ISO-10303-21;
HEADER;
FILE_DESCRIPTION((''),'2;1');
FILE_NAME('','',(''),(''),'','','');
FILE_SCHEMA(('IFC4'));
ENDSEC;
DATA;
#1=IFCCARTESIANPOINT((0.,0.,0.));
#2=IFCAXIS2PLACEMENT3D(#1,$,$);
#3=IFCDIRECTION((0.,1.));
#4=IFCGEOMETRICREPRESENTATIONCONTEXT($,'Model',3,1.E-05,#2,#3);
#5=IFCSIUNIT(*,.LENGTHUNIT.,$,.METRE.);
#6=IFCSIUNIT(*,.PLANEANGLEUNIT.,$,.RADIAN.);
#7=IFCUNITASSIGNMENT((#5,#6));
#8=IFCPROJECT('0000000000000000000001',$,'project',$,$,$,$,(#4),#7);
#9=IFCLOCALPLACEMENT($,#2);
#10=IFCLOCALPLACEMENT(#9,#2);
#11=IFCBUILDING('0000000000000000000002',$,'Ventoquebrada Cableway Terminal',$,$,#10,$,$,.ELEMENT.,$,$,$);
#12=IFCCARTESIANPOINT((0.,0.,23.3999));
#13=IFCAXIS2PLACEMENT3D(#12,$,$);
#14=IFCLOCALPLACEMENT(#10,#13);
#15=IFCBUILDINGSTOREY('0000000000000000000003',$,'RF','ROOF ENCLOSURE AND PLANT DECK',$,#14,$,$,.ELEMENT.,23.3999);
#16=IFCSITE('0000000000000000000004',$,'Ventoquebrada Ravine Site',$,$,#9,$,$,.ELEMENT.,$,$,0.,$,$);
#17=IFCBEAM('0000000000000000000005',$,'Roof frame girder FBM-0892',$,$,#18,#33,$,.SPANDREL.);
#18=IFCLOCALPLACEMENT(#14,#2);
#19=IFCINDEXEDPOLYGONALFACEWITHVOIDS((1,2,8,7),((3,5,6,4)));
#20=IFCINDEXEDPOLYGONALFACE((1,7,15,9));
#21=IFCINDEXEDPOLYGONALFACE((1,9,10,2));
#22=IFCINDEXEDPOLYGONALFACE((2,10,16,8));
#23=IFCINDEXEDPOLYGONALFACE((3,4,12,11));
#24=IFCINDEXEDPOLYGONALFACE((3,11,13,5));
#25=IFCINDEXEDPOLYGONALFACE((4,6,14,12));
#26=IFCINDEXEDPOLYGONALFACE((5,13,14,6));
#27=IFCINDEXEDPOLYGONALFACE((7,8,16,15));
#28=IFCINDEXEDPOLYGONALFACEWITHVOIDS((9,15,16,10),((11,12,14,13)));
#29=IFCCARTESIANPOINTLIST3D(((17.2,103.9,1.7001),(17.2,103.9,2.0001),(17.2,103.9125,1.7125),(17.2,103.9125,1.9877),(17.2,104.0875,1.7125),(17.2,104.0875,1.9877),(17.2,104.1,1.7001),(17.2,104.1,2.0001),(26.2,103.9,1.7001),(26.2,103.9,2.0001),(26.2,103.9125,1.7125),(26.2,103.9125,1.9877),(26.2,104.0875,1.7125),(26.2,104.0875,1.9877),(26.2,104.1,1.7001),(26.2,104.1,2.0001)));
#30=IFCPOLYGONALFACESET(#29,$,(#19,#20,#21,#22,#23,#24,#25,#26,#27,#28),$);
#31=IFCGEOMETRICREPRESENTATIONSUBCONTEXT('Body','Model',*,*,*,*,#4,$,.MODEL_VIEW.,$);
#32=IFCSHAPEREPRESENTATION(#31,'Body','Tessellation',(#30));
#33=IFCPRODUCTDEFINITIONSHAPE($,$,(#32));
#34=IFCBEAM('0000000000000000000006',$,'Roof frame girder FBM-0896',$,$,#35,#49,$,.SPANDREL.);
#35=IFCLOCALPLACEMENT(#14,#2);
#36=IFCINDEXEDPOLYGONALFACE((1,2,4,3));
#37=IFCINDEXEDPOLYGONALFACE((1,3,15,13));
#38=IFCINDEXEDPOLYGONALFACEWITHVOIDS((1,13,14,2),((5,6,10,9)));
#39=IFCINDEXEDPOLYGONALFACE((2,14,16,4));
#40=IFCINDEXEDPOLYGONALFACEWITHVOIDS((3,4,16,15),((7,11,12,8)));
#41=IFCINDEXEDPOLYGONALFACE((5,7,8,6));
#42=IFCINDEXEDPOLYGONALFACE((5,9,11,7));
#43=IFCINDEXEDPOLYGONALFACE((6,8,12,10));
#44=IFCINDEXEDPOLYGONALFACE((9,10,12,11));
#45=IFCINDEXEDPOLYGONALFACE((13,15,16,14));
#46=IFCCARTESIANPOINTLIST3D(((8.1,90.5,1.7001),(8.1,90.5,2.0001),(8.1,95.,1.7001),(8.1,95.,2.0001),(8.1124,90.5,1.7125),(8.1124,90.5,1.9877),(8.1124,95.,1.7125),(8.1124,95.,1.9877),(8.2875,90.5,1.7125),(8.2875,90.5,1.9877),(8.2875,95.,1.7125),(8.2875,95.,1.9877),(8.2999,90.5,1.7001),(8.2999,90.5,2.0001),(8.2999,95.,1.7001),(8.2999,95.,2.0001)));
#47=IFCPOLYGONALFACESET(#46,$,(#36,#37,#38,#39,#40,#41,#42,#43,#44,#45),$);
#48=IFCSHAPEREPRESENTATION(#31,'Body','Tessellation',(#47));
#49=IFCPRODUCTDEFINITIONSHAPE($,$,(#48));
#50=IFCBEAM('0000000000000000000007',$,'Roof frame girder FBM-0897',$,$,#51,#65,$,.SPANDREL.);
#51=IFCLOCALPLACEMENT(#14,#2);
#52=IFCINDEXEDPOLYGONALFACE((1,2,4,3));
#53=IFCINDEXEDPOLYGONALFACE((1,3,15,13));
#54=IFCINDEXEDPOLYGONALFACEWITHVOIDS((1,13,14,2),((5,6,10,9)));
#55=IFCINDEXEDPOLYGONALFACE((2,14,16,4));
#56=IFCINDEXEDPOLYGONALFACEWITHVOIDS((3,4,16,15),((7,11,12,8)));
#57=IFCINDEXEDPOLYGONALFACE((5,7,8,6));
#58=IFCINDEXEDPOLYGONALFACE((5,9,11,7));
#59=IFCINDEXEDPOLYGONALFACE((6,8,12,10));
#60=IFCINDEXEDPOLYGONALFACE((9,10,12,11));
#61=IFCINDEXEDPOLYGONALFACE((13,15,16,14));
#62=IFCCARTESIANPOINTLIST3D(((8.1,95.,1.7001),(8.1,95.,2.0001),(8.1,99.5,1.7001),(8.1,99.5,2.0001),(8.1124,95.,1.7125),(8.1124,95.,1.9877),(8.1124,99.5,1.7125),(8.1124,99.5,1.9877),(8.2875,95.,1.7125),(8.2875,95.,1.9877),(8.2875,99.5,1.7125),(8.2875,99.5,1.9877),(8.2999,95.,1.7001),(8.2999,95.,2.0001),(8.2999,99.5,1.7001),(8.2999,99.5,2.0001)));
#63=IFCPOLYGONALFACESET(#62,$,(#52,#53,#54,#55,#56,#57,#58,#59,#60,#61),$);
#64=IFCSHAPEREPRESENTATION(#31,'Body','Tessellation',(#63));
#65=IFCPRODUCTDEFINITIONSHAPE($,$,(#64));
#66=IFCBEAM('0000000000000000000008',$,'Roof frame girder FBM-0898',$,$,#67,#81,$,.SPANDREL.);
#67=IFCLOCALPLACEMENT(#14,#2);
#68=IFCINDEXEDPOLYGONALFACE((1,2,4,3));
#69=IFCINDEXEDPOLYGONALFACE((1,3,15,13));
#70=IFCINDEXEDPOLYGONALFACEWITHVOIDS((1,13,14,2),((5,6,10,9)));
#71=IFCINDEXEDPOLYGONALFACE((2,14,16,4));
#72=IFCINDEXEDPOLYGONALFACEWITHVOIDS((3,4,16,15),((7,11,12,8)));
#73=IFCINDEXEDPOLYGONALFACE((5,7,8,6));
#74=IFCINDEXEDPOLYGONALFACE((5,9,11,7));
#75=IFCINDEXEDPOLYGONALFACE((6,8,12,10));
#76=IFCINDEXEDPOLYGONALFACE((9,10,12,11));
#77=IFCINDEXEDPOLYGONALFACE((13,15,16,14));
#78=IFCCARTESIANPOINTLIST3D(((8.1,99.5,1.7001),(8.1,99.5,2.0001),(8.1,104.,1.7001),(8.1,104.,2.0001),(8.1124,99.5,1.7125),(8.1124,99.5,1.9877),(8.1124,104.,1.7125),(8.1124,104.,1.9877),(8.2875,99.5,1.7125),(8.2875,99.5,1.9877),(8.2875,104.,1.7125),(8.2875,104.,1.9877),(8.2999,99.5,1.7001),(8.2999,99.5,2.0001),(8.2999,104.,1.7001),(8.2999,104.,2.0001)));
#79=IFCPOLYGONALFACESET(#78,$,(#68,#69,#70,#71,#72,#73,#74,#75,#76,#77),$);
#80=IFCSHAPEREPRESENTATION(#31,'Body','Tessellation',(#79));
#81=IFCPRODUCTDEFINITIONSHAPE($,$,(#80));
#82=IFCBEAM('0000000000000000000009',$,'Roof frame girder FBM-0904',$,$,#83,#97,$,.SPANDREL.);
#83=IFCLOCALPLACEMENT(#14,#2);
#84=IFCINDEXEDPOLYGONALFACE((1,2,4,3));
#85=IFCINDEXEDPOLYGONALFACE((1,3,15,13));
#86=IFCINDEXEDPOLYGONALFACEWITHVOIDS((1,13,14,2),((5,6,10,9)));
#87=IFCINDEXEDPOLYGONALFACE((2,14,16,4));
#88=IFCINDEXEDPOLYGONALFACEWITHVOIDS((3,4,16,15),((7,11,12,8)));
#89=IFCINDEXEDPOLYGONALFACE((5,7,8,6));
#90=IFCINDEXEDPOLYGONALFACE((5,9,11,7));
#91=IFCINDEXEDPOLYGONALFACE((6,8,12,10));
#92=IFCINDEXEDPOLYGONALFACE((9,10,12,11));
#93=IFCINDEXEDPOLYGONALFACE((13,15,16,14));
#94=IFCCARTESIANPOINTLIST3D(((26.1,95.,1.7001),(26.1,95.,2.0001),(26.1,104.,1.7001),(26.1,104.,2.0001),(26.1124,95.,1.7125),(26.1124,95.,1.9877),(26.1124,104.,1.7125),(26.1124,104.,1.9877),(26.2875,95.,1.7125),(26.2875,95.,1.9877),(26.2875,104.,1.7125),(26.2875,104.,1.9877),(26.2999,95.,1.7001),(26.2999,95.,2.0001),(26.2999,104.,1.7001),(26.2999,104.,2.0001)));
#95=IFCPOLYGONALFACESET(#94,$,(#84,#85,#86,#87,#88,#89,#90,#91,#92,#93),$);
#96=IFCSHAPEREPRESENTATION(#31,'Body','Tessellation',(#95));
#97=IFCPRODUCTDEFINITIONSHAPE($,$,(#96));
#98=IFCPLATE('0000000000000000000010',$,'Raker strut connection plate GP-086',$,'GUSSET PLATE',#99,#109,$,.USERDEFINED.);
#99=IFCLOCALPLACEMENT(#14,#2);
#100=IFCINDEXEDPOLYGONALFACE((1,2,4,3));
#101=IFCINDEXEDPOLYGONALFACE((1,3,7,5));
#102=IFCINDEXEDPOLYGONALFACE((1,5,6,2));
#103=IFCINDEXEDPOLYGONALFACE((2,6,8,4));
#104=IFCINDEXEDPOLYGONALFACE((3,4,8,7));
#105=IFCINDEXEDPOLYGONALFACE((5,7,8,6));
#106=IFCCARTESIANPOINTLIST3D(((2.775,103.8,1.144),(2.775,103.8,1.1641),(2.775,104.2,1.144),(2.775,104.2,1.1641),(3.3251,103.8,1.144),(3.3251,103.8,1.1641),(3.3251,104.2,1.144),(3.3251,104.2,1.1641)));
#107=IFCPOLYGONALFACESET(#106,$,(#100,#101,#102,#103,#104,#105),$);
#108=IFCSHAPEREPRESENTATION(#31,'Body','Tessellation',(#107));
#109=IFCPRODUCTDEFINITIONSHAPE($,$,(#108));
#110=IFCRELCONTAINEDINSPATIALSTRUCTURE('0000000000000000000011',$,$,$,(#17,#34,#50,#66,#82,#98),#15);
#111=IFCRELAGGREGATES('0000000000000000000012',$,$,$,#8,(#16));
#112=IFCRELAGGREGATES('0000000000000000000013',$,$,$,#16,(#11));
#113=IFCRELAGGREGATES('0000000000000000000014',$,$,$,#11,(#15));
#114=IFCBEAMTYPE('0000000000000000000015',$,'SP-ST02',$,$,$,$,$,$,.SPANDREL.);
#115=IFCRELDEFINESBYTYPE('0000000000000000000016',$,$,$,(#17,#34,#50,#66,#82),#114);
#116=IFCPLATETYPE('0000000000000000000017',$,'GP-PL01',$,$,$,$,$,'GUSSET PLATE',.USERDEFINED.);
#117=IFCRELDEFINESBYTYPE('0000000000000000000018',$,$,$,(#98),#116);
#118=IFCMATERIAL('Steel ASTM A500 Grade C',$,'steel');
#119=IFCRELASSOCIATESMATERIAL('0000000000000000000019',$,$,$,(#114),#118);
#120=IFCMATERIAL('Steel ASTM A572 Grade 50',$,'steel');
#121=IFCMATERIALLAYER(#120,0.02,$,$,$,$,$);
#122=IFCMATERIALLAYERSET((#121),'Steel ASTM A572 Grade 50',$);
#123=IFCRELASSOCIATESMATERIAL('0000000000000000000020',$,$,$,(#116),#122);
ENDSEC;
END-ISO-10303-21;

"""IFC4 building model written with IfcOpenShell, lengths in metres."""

from ifc_helpers import new_model, si_unit, direction, frame, origin, origin_2d, place, context, subcontext, project, spatial, rectangle, hollow_rectangle, extrude, material, layer, layer_set, material_profile, profile_set, type_object, element, save


model = new_model("IFC4")

# Units and contexts
model_context = context("Model", 3, precision=1e-05, world=origin(), true_north=direction((0.0, 1.0)))
body_context = subcontext(model_context, "Body", "Model", "MODEL_VIEW")
ifc_project = project(units=[si_unit("LENGTHUNIT", "METRE"), si_unit("PLANEANGLEUNIT", "RADIAN")], contexts=[model_context])

# Site, building, storey
site_placement = place(None, origin())
site = spatial("IfcSite", under=ifc_project, at=site_placement, Name="Ventoquebrada Ravine Site", CompositionType="ELEMENT", RefElevation=0.0)
building_placement = place(site_placement, origin())
building = spatial("IfcBuilding", under=site, at=building_placement, Name="Ventoquebrada Cableway Terminal", CompositionType="ELEMENT")
storey_placement = place(building_placement, frame((0.0, 0.0, 23.3999)))
storey = spatial("IfcBuildingStorey", under=building, at=storey_placement, Name="RF", Description="ROOF ENCLOSURE AND PLANT DECK", CompositionType="ELEMENT", Elevation=23.3999)

# Shared definitions
ifc_material_1 = material(Name="Steel ASTM A500 Grade C", Category="steel")

# Beams
ifc_material_profile_1 = material_profile(ifc_material_1, hollow_rectangle(XDim=0.2, YDim=0.3, WallThickness=0.0125, at=origin_2d()), Name="RHS300X200X12.5")
ifc_profile_set_1 = profile_set([ifc_material_profile_1], Name="Steel ASTM A500 Grade C")
beam_type_1 = type_object("IfcBeamType", Name="SP-ST02", PredefinedType="SPANDREL", material=ifc_profile_set_1)
beam_1_placement = place(storey_placement, frame((17.2, 104.0, 1.8501), z_axis=(1.0, 0.0, 0.0), x_axis=(0.0, 1.0, 0.0)))
element("IfcBeam", 1, at=beam_1_placement, inside=storey, type_object=beam_type_1, Name="Roof frame girder FBM-0892", PredefinedType="SPANDREL", context=body_context, shape_type="SweptSolid", body=[
    extrude(hollow_rectangle(XDim=0.2, YDim=0.3, WallThickness=0.0125, at=origin_2d()), origin(), (0.0, 0.0, 1.0), 9.0),
])
for number, where, z_axis, x_axis, name in (
    (2, (8.2, 90.5, 1.8501), (0.0, 1.0, 0.0), (-1.0, 0.0, 0.0), "Roof frame girder FBM-0896"),
    (3, (8.2, 95.0, 1.8501), (0.0, 1.0, 0.0), (-1.0, 0.0, 0.0), "Roof frame girder FBM-0897"),
    (4, (8.2, 99.5, 1.8501), (0.0, 1.0, 0.0), (-1.0, 0.0, 0.0), "Roof frame girder FBM-0898"),
):
    element("IfcBeam", number, at=place(storey_placement, frame(where, z_axis=z_axis, x_axis=x_axis)), inside=storey, type_object=beam_type_1, Name=name, PredefinedType="SPANDREL", context=body_context, shape_type="SweptSolid", body=[
        extrude(hollow_rectangle(XDim=0.2, YDim=0.3, WallThickness=0.0125, at=origin_2d()), origin(), (0.0, 0.0, 1.0), 4.5),
    ])
beam_2_placement = place(storey_placement, frame((26.2, 95.0, 1.8501), z_axis=(0.0, 1.0, 0.0), x_axis=(-1.0, 0.0, 0.0)))
element("IfcBeam", 5, at=beam_2_placement, inside=storey, type_object=beam_type_1, Name="Roof frame girder FBM-0904", PredefinedType="SPANDREL", context=body_context, shape_type="SweptSolid", body=[
    extrude(hollow_rectangle(XDim=0.2, YDim=0.3, WallThickness=0.0125, at=origin_2d()), origin(), (0.0, 0.0, 1.0), 9.0),
])

# Plate
ifc_material_2 = material(Name="Steel ASTM A572 Grade 50", Category="steel")
ifc_layer = layer(ifc_material_2, 0.02)
ifc_layer_set = layer_set([ifc_layer], Name="Steel ASTM A572 Grade 50")
plate_type = type_object("IfcPlateType", Name="GP-PL01", ElementType="GUSSET PLATE", PredefinedType="USERDEFINED", material=ifc_layer_set)
plate_placement = place(storey_placement, frame((3.05, 104.0, 1.144), z_axis=(0.0, 0.0, 1.0), x_axis=(1.0, 0.0, 0.0)))
element("IfcPlate", 6, at=plate_placement, inside=storey, type_object=plate_type, Name="Raker strut connection plate GP-086", ObjectType="GUSSET PLATE", PredefinedType="USERDEFINED", context=body_context, shape_type="SweptSolid", body=[
    extrude(rectangle(XDim=0.55, YDim=0.3999, at=origin_2d()), origin(), (0.0, 0.0, 1.0), 0.02),
])

save(model, "model.ifc")
